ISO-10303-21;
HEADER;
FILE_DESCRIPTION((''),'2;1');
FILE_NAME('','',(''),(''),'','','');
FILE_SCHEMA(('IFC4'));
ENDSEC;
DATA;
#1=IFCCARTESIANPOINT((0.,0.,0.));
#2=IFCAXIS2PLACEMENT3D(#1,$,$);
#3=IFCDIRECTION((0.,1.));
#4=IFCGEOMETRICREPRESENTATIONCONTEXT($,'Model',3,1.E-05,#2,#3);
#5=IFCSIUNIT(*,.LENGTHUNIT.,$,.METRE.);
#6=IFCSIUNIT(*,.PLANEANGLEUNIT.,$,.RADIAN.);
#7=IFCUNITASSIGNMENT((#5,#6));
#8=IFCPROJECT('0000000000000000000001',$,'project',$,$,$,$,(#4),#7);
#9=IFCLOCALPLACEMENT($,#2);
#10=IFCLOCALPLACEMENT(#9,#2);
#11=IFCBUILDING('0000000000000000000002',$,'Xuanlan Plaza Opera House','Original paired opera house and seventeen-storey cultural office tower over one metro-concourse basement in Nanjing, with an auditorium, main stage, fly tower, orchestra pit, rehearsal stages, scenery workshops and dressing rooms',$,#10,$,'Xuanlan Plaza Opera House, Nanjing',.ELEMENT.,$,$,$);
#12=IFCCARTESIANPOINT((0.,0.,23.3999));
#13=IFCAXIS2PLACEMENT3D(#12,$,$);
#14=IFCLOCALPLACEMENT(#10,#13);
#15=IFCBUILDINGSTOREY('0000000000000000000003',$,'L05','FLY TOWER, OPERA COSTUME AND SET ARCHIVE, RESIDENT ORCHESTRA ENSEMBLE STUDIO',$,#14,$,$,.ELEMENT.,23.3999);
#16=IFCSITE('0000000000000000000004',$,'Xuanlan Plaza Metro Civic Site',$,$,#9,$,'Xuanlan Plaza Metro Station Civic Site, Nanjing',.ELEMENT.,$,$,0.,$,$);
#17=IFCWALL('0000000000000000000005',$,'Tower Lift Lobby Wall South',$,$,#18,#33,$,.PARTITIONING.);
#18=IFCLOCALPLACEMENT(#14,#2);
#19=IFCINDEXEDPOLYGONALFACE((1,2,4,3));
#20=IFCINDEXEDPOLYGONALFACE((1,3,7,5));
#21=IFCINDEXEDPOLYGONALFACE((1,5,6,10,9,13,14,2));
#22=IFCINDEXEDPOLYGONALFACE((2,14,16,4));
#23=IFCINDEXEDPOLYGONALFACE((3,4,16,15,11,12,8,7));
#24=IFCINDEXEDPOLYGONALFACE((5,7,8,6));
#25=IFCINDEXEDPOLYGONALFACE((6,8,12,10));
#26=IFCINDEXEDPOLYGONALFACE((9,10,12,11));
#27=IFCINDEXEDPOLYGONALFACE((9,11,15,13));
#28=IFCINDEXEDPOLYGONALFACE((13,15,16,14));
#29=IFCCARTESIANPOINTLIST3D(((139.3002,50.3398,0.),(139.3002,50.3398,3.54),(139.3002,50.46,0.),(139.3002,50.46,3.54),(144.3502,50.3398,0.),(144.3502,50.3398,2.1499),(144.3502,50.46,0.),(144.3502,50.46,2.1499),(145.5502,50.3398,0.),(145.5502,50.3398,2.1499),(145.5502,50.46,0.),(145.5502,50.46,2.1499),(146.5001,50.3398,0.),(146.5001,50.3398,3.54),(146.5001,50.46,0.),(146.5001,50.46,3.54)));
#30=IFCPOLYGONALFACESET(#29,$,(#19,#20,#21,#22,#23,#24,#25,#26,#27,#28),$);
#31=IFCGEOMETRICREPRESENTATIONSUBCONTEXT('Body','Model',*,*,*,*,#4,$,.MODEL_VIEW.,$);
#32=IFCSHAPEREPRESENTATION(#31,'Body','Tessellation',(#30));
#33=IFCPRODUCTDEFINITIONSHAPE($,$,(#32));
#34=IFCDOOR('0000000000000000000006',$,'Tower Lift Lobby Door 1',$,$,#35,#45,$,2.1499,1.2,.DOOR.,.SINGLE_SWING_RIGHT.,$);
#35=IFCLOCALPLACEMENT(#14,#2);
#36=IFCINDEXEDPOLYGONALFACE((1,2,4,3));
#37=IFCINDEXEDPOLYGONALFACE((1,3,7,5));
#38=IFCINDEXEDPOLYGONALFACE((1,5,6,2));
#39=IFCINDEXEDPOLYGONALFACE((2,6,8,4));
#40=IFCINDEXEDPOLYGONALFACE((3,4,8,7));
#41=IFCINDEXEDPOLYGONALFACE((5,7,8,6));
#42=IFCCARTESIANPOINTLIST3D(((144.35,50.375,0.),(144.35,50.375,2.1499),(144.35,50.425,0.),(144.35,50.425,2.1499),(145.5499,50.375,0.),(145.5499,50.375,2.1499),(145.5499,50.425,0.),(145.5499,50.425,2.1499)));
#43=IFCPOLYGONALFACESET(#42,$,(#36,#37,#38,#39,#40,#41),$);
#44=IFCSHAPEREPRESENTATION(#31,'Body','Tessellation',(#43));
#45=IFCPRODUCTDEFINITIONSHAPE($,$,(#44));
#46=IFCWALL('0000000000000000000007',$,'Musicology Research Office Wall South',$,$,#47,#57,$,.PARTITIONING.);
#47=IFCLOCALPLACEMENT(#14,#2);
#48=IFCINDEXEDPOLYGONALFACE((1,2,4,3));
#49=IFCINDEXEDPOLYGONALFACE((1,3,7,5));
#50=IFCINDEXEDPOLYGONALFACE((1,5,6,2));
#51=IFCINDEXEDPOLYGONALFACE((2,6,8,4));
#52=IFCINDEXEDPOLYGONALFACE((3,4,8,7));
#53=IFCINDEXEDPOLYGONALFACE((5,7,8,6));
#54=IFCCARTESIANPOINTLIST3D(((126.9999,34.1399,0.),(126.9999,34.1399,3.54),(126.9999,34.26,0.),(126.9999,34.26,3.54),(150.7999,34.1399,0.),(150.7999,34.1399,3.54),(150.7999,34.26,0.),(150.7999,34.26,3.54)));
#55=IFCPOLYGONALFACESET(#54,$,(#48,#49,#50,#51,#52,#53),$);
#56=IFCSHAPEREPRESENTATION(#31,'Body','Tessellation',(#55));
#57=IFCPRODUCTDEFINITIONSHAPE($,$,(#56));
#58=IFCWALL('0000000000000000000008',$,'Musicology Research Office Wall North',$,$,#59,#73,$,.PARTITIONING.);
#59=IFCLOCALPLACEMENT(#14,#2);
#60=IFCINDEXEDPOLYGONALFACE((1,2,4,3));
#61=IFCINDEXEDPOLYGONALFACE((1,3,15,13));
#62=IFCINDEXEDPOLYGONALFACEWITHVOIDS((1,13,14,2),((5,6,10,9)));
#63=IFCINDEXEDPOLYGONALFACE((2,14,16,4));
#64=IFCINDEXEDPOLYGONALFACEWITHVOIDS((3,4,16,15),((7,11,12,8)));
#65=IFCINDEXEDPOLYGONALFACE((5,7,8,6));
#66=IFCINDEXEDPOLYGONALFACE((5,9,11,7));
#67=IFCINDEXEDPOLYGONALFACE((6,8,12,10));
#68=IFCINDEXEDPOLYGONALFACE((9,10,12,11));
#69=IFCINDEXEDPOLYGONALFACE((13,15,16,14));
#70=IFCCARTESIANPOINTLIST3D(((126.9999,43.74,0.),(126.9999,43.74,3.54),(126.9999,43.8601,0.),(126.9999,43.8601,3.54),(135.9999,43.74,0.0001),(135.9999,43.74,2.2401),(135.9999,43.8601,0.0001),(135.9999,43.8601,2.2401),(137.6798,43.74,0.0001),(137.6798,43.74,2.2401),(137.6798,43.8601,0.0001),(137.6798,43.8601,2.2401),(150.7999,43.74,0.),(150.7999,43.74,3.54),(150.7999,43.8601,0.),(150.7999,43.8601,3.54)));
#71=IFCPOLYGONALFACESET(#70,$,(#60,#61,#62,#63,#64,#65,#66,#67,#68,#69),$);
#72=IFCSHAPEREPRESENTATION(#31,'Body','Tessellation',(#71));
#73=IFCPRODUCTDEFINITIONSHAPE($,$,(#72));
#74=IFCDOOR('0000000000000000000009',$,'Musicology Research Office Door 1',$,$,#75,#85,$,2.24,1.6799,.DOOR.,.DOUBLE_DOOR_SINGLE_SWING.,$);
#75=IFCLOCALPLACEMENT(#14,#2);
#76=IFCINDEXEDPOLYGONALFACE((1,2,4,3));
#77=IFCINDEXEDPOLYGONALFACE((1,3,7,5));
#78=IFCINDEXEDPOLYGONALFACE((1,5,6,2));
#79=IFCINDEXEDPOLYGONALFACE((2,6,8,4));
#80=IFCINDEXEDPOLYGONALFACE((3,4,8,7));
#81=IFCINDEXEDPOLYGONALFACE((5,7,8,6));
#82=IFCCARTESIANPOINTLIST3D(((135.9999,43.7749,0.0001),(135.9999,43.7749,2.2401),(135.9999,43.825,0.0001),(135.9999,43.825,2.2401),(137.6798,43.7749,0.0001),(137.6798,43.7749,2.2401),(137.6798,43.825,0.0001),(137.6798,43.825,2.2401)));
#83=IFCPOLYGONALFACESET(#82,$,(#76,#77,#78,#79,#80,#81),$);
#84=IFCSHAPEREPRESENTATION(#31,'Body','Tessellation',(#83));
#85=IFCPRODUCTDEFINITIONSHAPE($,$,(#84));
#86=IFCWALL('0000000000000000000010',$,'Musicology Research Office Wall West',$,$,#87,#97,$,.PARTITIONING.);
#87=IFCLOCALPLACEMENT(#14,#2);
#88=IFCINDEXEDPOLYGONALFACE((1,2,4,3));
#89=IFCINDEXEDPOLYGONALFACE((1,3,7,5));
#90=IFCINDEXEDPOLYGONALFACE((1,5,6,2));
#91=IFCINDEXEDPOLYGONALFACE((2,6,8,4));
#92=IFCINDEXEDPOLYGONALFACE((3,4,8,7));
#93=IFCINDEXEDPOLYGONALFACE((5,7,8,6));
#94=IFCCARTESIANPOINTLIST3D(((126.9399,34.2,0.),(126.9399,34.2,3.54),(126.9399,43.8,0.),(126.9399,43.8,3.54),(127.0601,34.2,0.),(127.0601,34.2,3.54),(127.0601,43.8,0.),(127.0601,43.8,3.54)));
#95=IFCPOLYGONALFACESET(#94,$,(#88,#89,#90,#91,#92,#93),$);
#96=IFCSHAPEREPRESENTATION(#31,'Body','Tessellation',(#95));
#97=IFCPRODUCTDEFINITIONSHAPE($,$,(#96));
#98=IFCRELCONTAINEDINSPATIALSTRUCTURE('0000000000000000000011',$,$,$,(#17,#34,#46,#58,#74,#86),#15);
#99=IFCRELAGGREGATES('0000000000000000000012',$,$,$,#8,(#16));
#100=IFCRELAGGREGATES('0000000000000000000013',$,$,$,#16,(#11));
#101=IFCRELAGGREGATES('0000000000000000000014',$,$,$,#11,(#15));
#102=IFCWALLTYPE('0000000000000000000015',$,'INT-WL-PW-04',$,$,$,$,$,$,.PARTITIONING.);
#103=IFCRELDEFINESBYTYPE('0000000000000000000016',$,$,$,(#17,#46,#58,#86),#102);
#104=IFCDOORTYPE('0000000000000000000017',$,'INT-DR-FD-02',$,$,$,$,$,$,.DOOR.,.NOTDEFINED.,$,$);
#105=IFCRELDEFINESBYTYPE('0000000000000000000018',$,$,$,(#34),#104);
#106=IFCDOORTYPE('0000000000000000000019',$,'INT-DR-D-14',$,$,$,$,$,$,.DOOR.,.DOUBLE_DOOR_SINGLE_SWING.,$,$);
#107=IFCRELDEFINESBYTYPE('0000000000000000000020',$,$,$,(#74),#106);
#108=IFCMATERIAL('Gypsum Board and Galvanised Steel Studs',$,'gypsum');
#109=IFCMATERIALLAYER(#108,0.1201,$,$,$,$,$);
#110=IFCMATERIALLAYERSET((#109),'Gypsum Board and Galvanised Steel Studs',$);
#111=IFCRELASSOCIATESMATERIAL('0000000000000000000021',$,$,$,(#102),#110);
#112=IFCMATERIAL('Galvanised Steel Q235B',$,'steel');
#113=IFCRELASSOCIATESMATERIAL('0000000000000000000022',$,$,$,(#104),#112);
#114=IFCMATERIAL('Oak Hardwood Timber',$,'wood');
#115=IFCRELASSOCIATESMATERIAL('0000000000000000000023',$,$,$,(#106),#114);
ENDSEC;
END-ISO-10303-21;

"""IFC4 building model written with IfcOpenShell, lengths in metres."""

from ifc_helpers import new_model, si_unit, direction, frame, frame_2d, origin, place, context, subcontext, project, spatial, rectangle, extrude, material, layer, layer_set, type_object, element, fill, save


model = new_model("IFC4")

# Units and contexts
model_context = context("Model", 3, precision=1e-05, world=origin(), true_north=direction((0.0, 1.0)))
body_context = subcontext(model_context, "Body", "Model", "MODEL_VIEW")
ifc_project = project(units=[si_unit("LENGTHUNIT", "METRE"), si_unit("PLANEANGLEUNIT", "RADIAN")], contexts=[model_context])

# Site, building, storey
site_placement = place(None, origin())
site = spatial("IfcSite", under=ifc_project, at=site_placement, Name="Xuanlan Plaza Metro Civic Site", LongName="Xuanlan Plaza Metro Station Civic Site, Nanjing", CompositionType="ELEMENT", RefElevation=0.0)
building_placement = place(site_placement, origin())
building = spatial("IfcBuilding", under=site, at=building_placement, Name="Xuanlan Plaza Opera House", Description="Original paired opera house and seventeen-storey cultural office tower over one metro-concourse basement in Nanjing, with an auditorium, main stage, fly tower, orchestra pit, rehearsal stages, scenery workshops and dressing rooms", LongName="Xuanlan Plaza Opera House, Nanjing", CompositionType="ELEMENT")
storey_placement = place(building_placement, frame((0.0, 0.0, 23.3999)))
storey = spatial("IfcBuildingStorey", under=building, at=storey_placement, Name="L05", Description="FLY TOWER, OPERA COSTUME AND SET ARCHIVE, RESIDENT ORCHESTRA ENSEMBLE STUDIO", CompositionType="ELEMENT", Elevation=23.3999)

# Wall, opening, door
ifc_material_1 = material(Name="Gypsum Board and Galvanised Steel Studs", Category="gypsum")
ifc_layer_1 = layer(ifc_material_1, 0.1201)
ifc_layer_set_1 = layer_set([ifc_layer_1], Name="Gypsum Board and Galvanised Steel Studs")
wall_type_1 = type_object("IfcWallType", Name="INT-WL-PW-04", PredefinedType="PARTITIONING", material=ifc_layer_set_1)
wall_1_placement = place(storey_placement, frame((139.3, 50.3999, 0.0), z_axis=(0.0, 0.0, 1.0), x_axis=(1.0, 0.0, 0.0)))
wall_1 = element("IfcWall", 1, at=wall_1_placement, inside=storey, type_object=wall_type_1, Name="Tower Lift Lobby Wall South", PredefinedType="PARTITIONING", context=body_context, shape_type="SweptSolid", body=[
    extrude(rectangle(XDim=7.2, YDim=0.1201, at=frame_2d((3.6001, 0.0))), origin(), (0.0, 0.0, 1.0), 3.54),
])
opening_1_placement = place(wall_1_placement, frame((5.05, 0.0, 0.0)))
opening_1 = element("IfcOpeningElement", 2, at=opening_1_placement, cuts=wall_1, PredefinedType="OPENING", context=body_context, shape_type="SweptSolid", body=[
    extrude(rectangle(XDim=1.2, YDim=2.1499, at=frame_2d((0.6001, 1.075))), frame((0.0, 0.0701, 0.0), z_axis=(0.0, -1.0, 0.0), x_axis=(1.0, 0.0, 0.0)), (0.0, 0.0, 1.0), 0.1401),
])
ifc_material_2 = material(Name="Galvanised Steel Q235B", Category="steel")
door_type_1 = type_object("IfcDoorType", Name="INT-DR-FD-02", OperationType="NOTDEFINED", PredefinedType="DOOR", material=ifc_material_2)
door_1_placement = place(opening_1_placement, frame((1.2, 0.0, 0.0), z_axis=(0.0, 0.0, 1.0), x_axis=(-1.0, 0.0, 0.0)))
door_1 = element("IfcDoor", 3, at=door_1_placement, inside=storey, type_object=door_type_1, Name="Tower Lift Lobby Door 1", OperationType="SINGLE_SWING_RIGHT", OverallHeight=2.1499, OverallWidth=1.2, PredefinedType="DOOR", context=body_context, shape_type="SweptSolid", body=[
    extrude(rectangle(XDim=1.2, YDim=2.1499, at=frame_2d((0.6001, 1.075))), frame((0.0, 0.0249, 0.0), z_axis=(0.0, -1.0, 0.0), x_axis=(1.0, 0.0, 0.0)), (0.0, 0.0, 1.0), 0.05),
])
fill(opening_1, door_1)

# Wall
wall_2_placement = place(storey_placement, frame((127.0, 34.2, 0.0), z_axis=(0.0, 0.0, 1.0), x_axis=(1.0, 0.0, 0.0)))
element("IfcWall", 4, at=wall_2_placement, inside=storey, type_object=wall_type_1, Name="Musicology Research Office Wall South", PredefinedType="PARTITIONING", context=body_context, shape_type="SweptSolid", body=[
    extrude(rectangle(XDim=23.8, YDim=0.1201, at=frame_2d((11.8999, 0.0))), origin(), (0.0, 0.0, 1.0), 3.54),
])

# Wall, opening, door
wall_3_placement = place(storey_placement, frame((127.0, 43.8, 0.0), z_axis=(0.0, 0.0, 1.0), x_axis=(1.0, 0.0, 0.0)))
wall_3 = element("IfcWall", 5, at=wall_3_placement, inside=storey, type_object=wall_type_1, Name="Musicology Research Office Wall North", PredefinedType="PARTITIONING", context=body_context, shape_type="SweptSolid", body=[
    extrude(rectangle(XDim=23.8, YDim=0.1201, at=frame_2d((11.8999, 0.0))), origin(), (0.0, 0.0, 1.0), 3.54),
])
opening_2_placement = place(wall_3_placement, frame((9.0, 0.0, 0.0)))
opening_2 = element("IfcOpeningElement", 6, at=opening_2_placement, cuts=wall_3, PredefinedType="OPENING", context=body_context, shape_type="SweptSolid", body=[
    extrude(rectangle(XDim=1.6799, YDim=2.24, at=frame_2d((0.8398, 1.1201))), frame((0.0, 0.0701, 0.0), z_axis=(0.0, -1.0, 0.0), x_axis=(1.0, 0.0, 0.0)), (0.0, 0.0, 1.0), 0.1401),
])
ifc_material_3 = material(Name="Oak Hardwood Timber", Category="wood")
door_type_2 = type_object("IfcDoorType", Name="INT-DR-D-14", OperationType="DOUBLE_DOOR_SINGLE_SWING", PredefinedType="DOOR", material=ifc_material_3)
door_2_placement = place(opening_2_placement, origin())
door_2 = element("IfcDoor", 7, at=door_2_placement, inside=storey, type_object=door_type_2, Name="Musicology Research Office Door 1", OperationType="DOUBLE_DOOR_SINGLE_SWING", OverallHeight=2.24, OverallWidth=1.6799, PredefinedType="DOOR", context=body_context, shape_type="SweptSolid", body=[
    extrude(rectangle(XDim=1.6799, YDim=2.24, at=frame_2d((0.8398, 1.1201))), frame((0.0, 0.0249, 0.0), z_axis=(0.0, -1.0, 0.0), x_axis=(1.0, 0.0, 0.0)), (0.0, 0.0, 1.0), 0.05),
])
fill(opening_2, door_2)

# Wall
wall_4_placement = place(storey_placement, frame((127.0, 34.2, 0.0), z_axis=(0.0, 0.0, 1.0), x_axis=(0.0, 1.0, 0.0)))
element("IfcWall", 8, at=wall_4_placement, inside=storey, type_object=wall_type_1, Name="Musicology Research Office Wall West", PredefinedType="PARTITIONING", context=body_context, shape_type="SweptSolid", body=[
    extrude(rectangle(XDim=9.6001, YDim=0.1201, at=frame_2d((4.8, 0.0))), origin(), (0.0, 0.0, 1.0), 3.54),
])

save(model, "model.ifc")
